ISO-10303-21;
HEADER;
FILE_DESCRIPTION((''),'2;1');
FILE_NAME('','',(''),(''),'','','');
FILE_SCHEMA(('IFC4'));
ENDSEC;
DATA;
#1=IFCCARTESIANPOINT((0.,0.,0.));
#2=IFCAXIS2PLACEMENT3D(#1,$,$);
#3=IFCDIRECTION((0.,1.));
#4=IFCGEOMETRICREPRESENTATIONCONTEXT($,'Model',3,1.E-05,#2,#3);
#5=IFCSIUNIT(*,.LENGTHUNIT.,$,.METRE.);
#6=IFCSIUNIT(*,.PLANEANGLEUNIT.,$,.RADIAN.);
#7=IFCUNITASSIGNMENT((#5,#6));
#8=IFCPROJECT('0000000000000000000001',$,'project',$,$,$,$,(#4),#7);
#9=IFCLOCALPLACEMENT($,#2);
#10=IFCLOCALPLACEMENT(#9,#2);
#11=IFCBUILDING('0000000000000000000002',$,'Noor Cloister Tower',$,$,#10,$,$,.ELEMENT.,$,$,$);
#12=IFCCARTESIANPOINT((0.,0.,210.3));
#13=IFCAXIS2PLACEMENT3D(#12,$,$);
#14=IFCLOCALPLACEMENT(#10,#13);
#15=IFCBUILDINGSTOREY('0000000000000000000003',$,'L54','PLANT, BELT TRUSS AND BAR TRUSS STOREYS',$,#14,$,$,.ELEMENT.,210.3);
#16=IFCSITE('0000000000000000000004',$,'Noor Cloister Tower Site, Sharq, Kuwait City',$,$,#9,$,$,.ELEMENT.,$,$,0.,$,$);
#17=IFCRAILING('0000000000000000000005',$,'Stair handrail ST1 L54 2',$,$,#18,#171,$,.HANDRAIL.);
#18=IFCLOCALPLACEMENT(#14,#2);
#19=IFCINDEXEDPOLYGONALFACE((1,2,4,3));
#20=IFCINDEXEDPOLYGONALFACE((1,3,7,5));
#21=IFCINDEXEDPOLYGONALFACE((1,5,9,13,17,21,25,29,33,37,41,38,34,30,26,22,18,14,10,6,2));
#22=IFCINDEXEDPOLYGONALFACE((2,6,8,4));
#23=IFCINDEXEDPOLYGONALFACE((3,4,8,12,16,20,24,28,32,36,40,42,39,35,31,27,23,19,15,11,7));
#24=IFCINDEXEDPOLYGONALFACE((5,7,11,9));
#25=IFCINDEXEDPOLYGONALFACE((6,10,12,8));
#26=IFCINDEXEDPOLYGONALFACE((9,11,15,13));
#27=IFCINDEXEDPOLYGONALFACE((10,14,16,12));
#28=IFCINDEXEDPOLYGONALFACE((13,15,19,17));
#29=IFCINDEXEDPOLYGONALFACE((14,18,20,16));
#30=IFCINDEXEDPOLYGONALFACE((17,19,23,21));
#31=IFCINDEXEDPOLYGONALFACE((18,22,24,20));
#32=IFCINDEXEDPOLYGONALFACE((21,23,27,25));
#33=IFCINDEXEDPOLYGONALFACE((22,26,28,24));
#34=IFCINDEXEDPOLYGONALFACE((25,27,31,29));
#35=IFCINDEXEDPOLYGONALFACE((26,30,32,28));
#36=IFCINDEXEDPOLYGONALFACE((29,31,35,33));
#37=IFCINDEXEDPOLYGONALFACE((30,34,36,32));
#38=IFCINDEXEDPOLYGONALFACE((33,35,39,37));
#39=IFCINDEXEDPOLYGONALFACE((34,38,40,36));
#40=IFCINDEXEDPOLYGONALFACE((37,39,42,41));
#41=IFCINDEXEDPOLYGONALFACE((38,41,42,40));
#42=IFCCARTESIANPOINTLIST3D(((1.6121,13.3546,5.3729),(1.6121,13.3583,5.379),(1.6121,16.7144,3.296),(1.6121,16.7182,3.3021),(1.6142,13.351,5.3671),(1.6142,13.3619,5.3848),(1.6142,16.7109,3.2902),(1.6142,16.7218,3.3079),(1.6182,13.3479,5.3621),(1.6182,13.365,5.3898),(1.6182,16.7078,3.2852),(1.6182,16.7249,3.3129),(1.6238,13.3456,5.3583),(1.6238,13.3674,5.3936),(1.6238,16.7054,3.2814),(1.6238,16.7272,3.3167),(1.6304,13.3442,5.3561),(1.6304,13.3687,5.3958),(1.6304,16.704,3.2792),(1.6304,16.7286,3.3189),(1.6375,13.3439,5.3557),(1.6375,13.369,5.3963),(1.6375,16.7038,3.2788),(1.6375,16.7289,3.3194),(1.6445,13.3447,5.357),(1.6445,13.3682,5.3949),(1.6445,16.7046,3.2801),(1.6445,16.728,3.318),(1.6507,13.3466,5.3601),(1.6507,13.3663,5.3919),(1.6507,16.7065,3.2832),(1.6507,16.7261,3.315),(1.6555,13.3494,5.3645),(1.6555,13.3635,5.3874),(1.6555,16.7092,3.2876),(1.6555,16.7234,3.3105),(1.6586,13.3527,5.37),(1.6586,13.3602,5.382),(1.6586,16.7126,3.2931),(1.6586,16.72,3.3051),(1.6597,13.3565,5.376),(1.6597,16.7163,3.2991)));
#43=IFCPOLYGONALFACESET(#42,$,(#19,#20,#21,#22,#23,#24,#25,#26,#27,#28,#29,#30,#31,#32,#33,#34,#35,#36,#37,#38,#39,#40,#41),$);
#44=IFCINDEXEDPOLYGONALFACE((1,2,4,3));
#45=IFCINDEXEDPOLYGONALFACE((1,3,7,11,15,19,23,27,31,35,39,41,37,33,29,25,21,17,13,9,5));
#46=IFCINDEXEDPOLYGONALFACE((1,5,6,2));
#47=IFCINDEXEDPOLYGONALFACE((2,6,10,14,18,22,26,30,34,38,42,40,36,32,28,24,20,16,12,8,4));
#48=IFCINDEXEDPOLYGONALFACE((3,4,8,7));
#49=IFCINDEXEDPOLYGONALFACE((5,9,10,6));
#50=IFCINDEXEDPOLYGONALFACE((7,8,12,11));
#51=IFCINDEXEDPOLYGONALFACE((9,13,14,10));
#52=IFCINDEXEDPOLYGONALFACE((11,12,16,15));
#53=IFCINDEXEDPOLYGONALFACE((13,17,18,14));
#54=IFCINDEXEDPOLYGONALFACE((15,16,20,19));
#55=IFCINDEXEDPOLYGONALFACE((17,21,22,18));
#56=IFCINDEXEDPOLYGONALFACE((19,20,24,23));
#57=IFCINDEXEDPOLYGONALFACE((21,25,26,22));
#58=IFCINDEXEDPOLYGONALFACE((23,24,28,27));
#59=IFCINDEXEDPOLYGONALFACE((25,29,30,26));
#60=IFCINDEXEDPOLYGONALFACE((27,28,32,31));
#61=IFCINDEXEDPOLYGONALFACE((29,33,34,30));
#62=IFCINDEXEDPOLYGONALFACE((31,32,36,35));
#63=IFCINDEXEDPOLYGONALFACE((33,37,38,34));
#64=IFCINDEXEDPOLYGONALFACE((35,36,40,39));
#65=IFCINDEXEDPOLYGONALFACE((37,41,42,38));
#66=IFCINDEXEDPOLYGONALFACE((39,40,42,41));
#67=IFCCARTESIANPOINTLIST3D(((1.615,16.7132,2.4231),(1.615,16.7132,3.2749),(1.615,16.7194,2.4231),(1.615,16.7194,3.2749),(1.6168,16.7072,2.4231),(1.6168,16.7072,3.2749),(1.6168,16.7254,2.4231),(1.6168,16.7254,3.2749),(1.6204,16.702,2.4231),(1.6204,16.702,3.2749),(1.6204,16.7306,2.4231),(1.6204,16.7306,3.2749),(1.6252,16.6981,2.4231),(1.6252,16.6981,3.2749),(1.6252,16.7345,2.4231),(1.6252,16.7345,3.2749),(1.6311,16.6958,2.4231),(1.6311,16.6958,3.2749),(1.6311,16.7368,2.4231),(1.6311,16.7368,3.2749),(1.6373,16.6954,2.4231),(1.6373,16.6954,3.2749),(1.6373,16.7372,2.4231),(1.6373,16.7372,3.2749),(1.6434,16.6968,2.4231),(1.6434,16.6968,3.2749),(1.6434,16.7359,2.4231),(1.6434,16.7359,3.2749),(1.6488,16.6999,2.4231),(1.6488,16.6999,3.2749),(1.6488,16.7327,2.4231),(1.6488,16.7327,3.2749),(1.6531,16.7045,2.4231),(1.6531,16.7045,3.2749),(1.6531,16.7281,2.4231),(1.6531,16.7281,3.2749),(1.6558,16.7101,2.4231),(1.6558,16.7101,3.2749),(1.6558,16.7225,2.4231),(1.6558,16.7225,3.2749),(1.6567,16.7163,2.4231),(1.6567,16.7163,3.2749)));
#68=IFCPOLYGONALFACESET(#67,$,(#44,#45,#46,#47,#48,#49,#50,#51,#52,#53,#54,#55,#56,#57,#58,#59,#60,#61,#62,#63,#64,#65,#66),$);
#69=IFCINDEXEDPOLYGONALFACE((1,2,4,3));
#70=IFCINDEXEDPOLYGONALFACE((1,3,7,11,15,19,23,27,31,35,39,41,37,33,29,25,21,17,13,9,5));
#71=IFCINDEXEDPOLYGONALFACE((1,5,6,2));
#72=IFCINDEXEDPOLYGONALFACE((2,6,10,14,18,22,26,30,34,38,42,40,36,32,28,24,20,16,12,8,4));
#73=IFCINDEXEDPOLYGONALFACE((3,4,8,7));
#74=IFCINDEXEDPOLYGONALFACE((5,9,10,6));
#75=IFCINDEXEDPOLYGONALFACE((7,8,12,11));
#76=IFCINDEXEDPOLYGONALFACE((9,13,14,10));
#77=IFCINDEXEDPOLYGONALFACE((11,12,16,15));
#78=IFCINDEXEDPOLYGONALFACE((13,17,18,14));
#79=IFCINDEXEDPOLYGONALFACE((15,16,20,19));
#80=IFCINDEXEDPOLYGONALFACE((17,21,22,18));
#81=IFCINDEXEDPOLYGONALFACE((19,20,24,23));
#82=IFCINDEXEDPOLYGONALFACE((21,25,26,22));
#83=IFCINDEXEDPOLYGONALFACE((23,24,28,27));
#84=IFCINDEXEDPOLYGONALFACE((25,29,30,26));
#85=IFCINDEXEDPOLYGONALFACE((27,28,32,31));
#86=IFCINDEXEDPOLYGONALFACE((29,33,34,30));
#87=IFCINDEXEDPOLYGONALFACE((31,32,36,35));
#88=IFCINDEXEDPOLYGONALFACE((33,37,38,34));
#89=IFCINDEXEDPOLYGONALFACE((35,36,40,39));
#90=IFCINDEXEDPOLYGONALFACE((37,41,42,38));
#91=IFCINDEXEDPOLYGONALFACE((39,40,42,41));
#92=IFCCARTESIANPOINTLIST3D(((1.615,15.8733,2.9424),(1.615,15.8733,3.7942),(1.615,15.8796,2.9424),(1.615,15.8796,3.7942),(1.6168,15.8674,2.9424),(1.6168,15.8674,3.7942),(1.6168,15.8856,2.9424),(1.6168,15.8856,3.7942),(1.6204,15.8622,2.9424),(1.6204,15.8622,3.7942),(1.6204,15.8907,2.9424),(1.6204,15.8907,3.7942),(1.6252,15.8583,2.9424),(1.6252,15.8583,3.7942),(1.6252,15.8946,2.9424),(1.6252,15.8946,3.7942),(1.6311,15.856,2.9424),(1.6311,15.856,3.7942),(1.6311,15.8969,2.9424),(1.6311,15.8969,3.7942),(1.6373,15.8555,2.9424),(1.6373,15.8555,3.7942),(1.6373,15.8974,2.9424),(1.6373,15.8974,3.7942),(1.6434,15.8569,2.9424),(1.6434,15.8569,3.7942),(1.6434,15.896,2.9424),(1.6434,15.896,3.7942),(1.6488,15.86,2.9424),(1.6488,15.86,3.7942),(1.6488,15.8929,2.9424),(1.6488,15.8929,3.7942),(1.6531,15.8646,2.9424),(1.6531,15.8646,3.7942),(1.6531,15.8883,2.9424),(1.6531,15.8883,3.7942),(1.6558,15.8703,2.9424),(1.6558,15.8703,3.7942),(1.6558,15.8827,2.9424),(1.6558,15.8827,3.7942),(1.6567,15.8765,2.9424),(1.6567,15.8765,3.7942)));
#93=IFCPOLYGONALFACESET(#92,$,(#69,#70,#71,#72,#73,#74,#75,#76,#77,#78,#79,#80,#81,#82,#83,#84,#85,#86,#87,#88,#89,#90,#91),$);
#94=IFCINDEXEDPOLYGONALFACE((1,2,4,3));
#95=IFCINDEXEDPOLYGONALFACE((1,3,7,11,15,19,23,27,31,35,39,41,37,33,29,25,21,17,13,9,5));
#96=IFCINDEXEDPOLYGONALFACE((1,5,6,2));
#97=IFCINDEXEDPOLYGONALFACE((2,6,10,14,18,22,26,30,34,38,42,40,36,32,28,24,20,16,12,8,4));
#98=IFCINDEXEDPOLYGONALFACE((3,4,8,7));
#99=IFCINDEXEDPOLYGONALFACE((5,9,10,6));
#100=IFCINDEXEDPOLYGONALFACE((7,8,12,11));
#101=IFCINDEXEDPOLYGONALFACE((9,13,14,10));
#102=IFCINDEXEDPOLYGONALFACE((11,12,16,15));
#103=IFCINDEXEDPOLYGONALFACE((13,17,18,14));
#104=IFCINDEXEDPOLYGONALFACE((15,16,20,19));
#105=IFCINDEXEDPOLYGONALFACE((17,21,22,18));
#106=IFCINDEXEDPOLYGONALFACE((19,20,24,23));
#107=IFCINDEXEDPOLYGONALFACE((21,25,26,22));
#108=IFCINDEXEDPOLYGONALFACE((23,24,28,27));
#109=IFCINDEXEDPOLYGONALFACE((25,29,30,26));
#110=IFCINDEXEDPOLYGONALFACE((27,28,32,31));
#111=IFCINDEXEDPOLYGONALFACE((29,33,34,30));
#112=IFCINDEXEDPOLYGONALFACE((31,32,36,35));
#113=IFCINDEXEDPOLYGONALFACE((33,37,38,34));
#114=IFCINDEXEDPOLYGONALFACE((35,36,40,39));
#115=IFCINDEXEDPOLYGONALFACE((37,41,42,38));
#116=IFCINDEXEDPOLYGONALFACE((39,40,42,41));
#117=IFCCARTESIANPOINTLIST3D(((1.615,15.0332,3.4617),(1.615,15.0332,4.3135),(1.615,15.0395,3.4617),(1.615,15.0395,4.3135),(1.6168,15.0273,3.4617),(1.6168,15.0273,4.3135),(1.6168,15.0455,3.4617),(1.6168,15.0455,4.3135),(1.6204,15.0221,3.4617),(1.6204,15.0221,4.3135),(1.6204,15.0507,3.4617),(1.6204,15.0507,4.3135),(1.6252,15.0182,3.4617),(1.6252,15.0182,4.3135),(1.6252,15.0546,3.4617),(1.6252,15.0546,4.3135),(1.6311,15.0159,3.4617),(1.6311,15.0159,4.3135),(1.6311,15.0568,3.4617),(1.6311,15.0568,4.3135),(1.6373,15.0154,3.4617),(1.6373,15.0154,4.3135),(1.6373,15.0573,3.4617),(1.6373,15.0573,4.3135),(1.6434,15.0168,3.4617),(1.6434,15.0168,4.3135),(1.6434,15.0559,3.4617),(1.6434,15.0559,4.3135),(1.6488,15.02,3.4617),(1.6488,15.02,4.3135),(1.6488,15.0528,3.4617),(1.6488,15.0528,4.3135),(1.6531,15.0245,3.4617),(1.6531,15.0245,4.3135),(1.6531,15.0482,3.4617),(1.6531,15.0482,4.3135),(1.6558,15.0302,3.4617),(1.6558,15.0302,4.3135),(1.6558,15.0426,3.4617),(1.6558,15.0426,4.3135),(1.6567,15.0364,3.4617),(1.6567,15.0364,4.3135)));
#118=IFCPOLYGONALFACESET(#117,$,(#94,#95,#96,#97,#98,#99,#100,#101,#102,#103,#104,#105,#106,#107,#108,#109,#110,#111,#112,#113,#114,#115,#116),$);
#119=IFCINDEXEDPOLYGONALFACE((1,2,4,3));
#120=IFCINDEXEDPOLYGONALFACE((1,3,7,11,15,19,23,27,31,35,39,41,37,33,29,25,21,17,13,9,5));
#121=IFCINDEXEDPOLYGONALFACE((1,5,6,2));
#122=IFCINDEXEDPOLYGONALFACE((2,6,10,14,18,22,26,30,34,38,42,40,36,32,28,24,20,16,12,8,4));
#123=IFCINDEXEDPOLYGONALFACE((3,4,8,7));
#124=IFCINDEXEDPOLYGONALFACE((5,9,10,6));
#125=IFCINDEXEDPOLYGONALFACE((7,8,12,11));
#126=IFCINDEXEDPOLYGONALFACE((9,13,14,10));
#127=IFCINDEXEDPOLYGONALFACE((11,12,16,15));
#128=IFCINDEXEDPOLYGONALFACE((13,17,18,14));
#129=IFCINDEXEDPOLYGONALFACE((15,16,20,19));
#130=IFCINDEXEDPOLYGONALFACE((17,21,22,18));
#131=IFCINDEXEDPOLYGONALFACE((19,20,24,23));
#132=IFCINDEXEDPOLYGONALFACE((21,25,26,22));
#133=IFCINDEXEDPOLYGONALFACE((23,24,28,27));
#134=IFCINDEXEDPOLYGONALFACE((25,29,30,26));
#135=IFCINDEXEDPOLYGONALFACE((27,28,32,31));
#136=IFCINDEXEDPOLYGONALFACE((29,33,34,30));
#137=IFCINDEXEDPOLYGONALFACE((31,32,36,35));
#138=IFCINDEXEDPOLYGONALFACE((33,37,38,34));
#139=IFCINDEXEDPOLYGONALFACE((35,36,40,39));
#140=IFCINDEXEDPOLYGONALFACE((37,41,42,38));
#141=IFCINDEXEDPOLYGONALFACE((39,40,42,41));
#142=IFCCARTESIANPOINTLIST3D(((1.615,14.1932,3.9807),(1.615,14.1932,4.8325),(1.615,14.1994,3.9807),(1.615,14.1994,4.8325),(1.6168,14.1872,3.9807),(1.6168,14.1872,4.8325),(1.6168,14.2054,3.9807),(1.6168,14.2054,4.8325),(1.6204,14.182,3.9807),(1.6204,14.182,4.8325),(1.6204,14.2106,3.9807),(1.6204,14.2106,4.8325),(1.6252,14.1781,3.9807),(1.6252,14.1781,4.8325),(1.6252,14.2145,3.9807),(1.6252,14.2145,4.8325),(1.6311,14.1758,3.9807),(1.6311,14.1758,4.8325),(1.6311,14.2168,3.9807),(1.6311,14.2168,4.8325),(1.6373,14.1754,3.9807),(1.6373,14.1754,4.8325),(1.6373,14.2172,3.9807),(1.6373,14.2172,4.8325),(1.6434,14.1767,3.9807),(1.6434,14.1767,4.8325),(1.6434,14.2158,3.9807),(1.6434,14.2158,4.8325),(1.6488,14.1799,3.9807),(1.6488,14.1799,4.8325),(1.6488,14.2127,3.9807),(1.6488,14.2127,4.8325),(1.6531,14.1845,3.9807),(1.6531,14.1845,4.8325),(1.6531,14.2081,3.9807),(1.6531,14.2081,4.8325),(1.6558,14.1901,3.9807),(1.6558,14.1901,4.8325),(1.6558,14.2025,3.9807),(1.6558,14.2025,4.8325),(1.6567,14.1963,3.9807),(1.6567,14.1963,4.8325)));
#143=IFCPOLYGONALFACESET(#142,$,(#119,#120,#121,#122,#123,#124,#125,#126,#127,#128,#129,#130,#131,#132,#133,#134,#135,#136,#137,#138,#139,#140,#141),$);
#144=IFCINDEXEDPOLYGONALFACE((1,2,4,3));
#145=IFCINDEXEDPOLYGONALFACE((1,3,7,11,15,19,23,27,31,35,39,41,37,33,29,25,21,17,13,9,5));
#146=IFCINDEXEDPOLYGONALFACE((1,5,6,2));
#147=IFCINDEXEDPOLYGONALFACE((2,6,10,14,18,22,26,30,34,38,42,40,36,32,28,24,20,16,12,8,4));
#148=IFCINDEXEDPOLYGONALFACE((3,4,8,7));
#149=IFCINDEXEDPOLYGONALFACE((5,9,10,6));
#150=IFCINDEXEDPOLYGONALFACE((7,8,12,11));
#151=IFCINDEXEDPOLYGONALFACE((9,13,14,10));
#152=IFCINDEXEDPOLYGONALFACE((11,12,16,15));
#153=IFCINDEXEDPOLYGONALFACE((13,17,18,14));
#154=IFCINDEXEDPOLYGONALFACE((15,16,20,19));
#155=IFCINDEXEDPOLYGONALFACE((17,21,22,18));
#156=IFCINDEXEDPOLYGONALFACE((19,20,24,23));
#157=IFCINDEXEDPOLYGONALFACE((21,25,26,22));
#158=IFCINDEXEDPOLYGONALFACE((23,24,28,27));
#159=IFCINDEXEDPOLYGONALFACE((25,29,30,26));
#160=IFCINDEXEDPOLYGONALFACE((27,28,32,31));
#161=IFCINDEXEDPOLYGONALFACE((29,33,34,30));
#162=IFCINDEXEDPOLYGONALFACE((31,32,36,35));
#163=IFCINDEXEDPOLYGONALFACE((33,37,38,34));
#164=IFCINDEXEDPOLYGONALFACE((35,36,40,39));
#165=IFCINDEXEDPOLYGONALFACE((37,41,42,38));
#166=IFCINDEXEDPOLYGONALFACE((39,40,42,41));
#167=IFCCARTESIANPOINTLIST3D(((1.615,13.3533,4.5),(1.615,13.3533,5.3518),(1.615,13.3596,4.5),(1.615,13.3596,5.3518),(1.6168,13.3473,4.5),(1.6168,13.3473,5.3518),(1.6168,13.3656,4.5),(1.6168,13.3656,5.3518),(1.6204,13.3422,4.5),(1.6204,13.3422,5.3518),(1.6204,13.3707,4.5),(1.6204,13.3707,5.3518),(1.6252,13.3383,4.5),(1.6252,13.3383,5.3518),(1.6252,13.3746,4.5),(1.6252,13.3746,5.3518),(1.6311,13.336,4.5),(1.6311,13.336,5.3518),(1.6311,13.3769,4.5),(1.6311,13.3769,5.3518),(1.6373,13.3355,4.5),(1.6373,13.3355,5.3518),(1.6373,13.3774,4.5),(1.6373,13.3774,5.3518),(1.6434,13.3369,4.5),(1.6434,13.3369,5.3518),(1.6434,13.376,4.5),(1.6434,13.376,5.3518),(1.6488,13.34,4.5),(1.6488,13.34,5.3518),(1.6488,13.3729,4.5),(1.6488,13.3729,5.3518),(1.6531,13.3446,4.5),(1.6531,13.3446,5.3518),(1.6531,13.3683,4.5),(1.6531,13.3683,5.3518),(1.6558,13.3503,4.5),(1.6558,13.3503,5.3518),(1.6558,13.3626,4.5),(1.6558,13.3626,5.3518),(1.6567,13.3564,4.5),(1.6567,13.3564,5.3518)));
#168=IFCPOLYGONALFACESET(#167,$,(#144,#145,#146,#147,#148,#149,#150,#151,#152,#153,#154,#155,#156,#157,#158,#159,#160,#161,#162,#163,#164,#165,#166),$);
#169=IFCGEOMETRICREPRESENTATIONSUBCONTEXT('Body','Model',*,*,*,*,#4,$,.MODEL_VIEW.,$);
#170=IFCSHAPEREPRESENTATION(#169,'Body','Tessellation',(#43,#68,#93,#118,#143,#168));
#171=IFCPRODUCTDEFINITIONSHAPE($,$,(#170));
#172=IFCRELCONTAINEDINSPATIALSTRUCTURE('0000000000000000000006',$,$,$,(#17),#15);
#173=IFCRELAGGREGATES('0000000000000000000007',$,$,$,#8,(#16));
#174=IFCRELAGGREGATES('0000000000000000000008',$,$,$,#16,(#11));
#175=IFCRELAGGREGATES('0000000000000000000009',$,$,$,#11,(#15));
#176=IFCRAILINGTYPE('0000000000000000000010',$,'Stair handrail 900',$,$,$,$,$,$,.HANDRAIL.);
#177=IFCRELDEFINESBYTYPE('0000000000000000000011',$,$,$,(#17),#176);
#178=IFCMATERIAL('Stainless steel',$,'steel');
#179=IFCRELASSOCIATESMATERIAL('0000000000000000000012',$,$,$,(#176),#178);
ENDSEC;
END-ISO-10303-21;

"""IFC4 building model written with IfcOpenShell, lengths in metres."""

from ifc_helpers import new_model, si_unit, direction, frame, origin, origin_2d, place, context, subcontext, project, spatial, circle, extrude, material, type_object, element, save


model = new_model("IFC4")

# Units and contexts
model_context = context("Model", 3, precision=1e-05, world=origin(), true_north=direction((0.0, 1.0)))
body_context = subcontext(model_context, "Body", "Model", "MODEL_VIEW")
ifc_project = project(units=[si_unit("LENGTHUNIT", "METRE"), si_unit("PLANEANGLEUNIT", "RADIAN")], contexts=[model_context])

# Site, building, storey
site_placement = place(None, origin())
site = spatial("IfcSite", under=ifc_project, at=site_placement, Name="Noor Cloister Tower Site, Sharq, Kuwait City", CompositionType="ELEMENT", RefElevation=0.0)
building_placement = place(site_placement, origin())
building = spatial("IfcBuilding", under=site, at=building_placement, Name="Noor Cloister Tower", CompositionType="ELEMENT")
storey_placement = place(building_placement, frame((0.0, 0.0, 210.3)))
storey = spatial("IfcBuildingStorey", under=building, at=storey_placement, Name="L54", Description="PLANT, BELT TRUSS AND BAR TRUSS STOREYS", CompositionType="ELEMENT", Elevation=210.3)

# Railing
ifc_material_1 = material(Name="Stainless steel", Category="steel")
railing_type_1 = type_object("IfcRailingType", Name="Stair handrail 900", PredefinedType="HANDRAIL", material=ifc_material_1)
railing_1_placement = place(storey_placement, frame((1.6357, 16.7163, 2.4231)))
element("IfcRailing", 1, at=railing_1_placement, inside=storey, type_object=railing_type_1, Name="Stair handrail ST1 L54 2", PredefinedType="HANDRAIL", context=body_context, shape_type="SweptSolid", body=[
    extrude(circle(Radius=0.0239, at=origin_2d()), frame((0.0, 0.0, 0.876), z_axis=(0.0, -0.850606, 0.525803), x_axis=(1.0, 0.0, 0.0)), (0.0, 0.0, 1.0), 3.95),
    extrude(circle(Radius=0.021, at=origin_2d()), origin(), (0.0, 0.0, 1.0), 0.8518),
    extrude(circle(Radius=0.021, at=origin_2d()), frame((0.0, -0.8398, 0.5193)), (0.0, 0.0, 1.0), 0.8518),
    extrude(circle(Radius=0.021, at=origin_2d()), frame((0.0, -1.6799, 1.0386)), (0.0, 0.0, 1.0), 0.8518),
    extrude(circle(Radius=0.021, at=origin_2d()), frame((0.0, -2.52, 1.5576)), (0.0, 0.0, 1.0), 0.8518),
    extrude(circle(Radius=0.021, at=origin_2d()), frame((0.0, -3.3599, 2.0769)), (0.0, 0.0, 1.0), 0.8518),
])

save(model, "model.ifc")
